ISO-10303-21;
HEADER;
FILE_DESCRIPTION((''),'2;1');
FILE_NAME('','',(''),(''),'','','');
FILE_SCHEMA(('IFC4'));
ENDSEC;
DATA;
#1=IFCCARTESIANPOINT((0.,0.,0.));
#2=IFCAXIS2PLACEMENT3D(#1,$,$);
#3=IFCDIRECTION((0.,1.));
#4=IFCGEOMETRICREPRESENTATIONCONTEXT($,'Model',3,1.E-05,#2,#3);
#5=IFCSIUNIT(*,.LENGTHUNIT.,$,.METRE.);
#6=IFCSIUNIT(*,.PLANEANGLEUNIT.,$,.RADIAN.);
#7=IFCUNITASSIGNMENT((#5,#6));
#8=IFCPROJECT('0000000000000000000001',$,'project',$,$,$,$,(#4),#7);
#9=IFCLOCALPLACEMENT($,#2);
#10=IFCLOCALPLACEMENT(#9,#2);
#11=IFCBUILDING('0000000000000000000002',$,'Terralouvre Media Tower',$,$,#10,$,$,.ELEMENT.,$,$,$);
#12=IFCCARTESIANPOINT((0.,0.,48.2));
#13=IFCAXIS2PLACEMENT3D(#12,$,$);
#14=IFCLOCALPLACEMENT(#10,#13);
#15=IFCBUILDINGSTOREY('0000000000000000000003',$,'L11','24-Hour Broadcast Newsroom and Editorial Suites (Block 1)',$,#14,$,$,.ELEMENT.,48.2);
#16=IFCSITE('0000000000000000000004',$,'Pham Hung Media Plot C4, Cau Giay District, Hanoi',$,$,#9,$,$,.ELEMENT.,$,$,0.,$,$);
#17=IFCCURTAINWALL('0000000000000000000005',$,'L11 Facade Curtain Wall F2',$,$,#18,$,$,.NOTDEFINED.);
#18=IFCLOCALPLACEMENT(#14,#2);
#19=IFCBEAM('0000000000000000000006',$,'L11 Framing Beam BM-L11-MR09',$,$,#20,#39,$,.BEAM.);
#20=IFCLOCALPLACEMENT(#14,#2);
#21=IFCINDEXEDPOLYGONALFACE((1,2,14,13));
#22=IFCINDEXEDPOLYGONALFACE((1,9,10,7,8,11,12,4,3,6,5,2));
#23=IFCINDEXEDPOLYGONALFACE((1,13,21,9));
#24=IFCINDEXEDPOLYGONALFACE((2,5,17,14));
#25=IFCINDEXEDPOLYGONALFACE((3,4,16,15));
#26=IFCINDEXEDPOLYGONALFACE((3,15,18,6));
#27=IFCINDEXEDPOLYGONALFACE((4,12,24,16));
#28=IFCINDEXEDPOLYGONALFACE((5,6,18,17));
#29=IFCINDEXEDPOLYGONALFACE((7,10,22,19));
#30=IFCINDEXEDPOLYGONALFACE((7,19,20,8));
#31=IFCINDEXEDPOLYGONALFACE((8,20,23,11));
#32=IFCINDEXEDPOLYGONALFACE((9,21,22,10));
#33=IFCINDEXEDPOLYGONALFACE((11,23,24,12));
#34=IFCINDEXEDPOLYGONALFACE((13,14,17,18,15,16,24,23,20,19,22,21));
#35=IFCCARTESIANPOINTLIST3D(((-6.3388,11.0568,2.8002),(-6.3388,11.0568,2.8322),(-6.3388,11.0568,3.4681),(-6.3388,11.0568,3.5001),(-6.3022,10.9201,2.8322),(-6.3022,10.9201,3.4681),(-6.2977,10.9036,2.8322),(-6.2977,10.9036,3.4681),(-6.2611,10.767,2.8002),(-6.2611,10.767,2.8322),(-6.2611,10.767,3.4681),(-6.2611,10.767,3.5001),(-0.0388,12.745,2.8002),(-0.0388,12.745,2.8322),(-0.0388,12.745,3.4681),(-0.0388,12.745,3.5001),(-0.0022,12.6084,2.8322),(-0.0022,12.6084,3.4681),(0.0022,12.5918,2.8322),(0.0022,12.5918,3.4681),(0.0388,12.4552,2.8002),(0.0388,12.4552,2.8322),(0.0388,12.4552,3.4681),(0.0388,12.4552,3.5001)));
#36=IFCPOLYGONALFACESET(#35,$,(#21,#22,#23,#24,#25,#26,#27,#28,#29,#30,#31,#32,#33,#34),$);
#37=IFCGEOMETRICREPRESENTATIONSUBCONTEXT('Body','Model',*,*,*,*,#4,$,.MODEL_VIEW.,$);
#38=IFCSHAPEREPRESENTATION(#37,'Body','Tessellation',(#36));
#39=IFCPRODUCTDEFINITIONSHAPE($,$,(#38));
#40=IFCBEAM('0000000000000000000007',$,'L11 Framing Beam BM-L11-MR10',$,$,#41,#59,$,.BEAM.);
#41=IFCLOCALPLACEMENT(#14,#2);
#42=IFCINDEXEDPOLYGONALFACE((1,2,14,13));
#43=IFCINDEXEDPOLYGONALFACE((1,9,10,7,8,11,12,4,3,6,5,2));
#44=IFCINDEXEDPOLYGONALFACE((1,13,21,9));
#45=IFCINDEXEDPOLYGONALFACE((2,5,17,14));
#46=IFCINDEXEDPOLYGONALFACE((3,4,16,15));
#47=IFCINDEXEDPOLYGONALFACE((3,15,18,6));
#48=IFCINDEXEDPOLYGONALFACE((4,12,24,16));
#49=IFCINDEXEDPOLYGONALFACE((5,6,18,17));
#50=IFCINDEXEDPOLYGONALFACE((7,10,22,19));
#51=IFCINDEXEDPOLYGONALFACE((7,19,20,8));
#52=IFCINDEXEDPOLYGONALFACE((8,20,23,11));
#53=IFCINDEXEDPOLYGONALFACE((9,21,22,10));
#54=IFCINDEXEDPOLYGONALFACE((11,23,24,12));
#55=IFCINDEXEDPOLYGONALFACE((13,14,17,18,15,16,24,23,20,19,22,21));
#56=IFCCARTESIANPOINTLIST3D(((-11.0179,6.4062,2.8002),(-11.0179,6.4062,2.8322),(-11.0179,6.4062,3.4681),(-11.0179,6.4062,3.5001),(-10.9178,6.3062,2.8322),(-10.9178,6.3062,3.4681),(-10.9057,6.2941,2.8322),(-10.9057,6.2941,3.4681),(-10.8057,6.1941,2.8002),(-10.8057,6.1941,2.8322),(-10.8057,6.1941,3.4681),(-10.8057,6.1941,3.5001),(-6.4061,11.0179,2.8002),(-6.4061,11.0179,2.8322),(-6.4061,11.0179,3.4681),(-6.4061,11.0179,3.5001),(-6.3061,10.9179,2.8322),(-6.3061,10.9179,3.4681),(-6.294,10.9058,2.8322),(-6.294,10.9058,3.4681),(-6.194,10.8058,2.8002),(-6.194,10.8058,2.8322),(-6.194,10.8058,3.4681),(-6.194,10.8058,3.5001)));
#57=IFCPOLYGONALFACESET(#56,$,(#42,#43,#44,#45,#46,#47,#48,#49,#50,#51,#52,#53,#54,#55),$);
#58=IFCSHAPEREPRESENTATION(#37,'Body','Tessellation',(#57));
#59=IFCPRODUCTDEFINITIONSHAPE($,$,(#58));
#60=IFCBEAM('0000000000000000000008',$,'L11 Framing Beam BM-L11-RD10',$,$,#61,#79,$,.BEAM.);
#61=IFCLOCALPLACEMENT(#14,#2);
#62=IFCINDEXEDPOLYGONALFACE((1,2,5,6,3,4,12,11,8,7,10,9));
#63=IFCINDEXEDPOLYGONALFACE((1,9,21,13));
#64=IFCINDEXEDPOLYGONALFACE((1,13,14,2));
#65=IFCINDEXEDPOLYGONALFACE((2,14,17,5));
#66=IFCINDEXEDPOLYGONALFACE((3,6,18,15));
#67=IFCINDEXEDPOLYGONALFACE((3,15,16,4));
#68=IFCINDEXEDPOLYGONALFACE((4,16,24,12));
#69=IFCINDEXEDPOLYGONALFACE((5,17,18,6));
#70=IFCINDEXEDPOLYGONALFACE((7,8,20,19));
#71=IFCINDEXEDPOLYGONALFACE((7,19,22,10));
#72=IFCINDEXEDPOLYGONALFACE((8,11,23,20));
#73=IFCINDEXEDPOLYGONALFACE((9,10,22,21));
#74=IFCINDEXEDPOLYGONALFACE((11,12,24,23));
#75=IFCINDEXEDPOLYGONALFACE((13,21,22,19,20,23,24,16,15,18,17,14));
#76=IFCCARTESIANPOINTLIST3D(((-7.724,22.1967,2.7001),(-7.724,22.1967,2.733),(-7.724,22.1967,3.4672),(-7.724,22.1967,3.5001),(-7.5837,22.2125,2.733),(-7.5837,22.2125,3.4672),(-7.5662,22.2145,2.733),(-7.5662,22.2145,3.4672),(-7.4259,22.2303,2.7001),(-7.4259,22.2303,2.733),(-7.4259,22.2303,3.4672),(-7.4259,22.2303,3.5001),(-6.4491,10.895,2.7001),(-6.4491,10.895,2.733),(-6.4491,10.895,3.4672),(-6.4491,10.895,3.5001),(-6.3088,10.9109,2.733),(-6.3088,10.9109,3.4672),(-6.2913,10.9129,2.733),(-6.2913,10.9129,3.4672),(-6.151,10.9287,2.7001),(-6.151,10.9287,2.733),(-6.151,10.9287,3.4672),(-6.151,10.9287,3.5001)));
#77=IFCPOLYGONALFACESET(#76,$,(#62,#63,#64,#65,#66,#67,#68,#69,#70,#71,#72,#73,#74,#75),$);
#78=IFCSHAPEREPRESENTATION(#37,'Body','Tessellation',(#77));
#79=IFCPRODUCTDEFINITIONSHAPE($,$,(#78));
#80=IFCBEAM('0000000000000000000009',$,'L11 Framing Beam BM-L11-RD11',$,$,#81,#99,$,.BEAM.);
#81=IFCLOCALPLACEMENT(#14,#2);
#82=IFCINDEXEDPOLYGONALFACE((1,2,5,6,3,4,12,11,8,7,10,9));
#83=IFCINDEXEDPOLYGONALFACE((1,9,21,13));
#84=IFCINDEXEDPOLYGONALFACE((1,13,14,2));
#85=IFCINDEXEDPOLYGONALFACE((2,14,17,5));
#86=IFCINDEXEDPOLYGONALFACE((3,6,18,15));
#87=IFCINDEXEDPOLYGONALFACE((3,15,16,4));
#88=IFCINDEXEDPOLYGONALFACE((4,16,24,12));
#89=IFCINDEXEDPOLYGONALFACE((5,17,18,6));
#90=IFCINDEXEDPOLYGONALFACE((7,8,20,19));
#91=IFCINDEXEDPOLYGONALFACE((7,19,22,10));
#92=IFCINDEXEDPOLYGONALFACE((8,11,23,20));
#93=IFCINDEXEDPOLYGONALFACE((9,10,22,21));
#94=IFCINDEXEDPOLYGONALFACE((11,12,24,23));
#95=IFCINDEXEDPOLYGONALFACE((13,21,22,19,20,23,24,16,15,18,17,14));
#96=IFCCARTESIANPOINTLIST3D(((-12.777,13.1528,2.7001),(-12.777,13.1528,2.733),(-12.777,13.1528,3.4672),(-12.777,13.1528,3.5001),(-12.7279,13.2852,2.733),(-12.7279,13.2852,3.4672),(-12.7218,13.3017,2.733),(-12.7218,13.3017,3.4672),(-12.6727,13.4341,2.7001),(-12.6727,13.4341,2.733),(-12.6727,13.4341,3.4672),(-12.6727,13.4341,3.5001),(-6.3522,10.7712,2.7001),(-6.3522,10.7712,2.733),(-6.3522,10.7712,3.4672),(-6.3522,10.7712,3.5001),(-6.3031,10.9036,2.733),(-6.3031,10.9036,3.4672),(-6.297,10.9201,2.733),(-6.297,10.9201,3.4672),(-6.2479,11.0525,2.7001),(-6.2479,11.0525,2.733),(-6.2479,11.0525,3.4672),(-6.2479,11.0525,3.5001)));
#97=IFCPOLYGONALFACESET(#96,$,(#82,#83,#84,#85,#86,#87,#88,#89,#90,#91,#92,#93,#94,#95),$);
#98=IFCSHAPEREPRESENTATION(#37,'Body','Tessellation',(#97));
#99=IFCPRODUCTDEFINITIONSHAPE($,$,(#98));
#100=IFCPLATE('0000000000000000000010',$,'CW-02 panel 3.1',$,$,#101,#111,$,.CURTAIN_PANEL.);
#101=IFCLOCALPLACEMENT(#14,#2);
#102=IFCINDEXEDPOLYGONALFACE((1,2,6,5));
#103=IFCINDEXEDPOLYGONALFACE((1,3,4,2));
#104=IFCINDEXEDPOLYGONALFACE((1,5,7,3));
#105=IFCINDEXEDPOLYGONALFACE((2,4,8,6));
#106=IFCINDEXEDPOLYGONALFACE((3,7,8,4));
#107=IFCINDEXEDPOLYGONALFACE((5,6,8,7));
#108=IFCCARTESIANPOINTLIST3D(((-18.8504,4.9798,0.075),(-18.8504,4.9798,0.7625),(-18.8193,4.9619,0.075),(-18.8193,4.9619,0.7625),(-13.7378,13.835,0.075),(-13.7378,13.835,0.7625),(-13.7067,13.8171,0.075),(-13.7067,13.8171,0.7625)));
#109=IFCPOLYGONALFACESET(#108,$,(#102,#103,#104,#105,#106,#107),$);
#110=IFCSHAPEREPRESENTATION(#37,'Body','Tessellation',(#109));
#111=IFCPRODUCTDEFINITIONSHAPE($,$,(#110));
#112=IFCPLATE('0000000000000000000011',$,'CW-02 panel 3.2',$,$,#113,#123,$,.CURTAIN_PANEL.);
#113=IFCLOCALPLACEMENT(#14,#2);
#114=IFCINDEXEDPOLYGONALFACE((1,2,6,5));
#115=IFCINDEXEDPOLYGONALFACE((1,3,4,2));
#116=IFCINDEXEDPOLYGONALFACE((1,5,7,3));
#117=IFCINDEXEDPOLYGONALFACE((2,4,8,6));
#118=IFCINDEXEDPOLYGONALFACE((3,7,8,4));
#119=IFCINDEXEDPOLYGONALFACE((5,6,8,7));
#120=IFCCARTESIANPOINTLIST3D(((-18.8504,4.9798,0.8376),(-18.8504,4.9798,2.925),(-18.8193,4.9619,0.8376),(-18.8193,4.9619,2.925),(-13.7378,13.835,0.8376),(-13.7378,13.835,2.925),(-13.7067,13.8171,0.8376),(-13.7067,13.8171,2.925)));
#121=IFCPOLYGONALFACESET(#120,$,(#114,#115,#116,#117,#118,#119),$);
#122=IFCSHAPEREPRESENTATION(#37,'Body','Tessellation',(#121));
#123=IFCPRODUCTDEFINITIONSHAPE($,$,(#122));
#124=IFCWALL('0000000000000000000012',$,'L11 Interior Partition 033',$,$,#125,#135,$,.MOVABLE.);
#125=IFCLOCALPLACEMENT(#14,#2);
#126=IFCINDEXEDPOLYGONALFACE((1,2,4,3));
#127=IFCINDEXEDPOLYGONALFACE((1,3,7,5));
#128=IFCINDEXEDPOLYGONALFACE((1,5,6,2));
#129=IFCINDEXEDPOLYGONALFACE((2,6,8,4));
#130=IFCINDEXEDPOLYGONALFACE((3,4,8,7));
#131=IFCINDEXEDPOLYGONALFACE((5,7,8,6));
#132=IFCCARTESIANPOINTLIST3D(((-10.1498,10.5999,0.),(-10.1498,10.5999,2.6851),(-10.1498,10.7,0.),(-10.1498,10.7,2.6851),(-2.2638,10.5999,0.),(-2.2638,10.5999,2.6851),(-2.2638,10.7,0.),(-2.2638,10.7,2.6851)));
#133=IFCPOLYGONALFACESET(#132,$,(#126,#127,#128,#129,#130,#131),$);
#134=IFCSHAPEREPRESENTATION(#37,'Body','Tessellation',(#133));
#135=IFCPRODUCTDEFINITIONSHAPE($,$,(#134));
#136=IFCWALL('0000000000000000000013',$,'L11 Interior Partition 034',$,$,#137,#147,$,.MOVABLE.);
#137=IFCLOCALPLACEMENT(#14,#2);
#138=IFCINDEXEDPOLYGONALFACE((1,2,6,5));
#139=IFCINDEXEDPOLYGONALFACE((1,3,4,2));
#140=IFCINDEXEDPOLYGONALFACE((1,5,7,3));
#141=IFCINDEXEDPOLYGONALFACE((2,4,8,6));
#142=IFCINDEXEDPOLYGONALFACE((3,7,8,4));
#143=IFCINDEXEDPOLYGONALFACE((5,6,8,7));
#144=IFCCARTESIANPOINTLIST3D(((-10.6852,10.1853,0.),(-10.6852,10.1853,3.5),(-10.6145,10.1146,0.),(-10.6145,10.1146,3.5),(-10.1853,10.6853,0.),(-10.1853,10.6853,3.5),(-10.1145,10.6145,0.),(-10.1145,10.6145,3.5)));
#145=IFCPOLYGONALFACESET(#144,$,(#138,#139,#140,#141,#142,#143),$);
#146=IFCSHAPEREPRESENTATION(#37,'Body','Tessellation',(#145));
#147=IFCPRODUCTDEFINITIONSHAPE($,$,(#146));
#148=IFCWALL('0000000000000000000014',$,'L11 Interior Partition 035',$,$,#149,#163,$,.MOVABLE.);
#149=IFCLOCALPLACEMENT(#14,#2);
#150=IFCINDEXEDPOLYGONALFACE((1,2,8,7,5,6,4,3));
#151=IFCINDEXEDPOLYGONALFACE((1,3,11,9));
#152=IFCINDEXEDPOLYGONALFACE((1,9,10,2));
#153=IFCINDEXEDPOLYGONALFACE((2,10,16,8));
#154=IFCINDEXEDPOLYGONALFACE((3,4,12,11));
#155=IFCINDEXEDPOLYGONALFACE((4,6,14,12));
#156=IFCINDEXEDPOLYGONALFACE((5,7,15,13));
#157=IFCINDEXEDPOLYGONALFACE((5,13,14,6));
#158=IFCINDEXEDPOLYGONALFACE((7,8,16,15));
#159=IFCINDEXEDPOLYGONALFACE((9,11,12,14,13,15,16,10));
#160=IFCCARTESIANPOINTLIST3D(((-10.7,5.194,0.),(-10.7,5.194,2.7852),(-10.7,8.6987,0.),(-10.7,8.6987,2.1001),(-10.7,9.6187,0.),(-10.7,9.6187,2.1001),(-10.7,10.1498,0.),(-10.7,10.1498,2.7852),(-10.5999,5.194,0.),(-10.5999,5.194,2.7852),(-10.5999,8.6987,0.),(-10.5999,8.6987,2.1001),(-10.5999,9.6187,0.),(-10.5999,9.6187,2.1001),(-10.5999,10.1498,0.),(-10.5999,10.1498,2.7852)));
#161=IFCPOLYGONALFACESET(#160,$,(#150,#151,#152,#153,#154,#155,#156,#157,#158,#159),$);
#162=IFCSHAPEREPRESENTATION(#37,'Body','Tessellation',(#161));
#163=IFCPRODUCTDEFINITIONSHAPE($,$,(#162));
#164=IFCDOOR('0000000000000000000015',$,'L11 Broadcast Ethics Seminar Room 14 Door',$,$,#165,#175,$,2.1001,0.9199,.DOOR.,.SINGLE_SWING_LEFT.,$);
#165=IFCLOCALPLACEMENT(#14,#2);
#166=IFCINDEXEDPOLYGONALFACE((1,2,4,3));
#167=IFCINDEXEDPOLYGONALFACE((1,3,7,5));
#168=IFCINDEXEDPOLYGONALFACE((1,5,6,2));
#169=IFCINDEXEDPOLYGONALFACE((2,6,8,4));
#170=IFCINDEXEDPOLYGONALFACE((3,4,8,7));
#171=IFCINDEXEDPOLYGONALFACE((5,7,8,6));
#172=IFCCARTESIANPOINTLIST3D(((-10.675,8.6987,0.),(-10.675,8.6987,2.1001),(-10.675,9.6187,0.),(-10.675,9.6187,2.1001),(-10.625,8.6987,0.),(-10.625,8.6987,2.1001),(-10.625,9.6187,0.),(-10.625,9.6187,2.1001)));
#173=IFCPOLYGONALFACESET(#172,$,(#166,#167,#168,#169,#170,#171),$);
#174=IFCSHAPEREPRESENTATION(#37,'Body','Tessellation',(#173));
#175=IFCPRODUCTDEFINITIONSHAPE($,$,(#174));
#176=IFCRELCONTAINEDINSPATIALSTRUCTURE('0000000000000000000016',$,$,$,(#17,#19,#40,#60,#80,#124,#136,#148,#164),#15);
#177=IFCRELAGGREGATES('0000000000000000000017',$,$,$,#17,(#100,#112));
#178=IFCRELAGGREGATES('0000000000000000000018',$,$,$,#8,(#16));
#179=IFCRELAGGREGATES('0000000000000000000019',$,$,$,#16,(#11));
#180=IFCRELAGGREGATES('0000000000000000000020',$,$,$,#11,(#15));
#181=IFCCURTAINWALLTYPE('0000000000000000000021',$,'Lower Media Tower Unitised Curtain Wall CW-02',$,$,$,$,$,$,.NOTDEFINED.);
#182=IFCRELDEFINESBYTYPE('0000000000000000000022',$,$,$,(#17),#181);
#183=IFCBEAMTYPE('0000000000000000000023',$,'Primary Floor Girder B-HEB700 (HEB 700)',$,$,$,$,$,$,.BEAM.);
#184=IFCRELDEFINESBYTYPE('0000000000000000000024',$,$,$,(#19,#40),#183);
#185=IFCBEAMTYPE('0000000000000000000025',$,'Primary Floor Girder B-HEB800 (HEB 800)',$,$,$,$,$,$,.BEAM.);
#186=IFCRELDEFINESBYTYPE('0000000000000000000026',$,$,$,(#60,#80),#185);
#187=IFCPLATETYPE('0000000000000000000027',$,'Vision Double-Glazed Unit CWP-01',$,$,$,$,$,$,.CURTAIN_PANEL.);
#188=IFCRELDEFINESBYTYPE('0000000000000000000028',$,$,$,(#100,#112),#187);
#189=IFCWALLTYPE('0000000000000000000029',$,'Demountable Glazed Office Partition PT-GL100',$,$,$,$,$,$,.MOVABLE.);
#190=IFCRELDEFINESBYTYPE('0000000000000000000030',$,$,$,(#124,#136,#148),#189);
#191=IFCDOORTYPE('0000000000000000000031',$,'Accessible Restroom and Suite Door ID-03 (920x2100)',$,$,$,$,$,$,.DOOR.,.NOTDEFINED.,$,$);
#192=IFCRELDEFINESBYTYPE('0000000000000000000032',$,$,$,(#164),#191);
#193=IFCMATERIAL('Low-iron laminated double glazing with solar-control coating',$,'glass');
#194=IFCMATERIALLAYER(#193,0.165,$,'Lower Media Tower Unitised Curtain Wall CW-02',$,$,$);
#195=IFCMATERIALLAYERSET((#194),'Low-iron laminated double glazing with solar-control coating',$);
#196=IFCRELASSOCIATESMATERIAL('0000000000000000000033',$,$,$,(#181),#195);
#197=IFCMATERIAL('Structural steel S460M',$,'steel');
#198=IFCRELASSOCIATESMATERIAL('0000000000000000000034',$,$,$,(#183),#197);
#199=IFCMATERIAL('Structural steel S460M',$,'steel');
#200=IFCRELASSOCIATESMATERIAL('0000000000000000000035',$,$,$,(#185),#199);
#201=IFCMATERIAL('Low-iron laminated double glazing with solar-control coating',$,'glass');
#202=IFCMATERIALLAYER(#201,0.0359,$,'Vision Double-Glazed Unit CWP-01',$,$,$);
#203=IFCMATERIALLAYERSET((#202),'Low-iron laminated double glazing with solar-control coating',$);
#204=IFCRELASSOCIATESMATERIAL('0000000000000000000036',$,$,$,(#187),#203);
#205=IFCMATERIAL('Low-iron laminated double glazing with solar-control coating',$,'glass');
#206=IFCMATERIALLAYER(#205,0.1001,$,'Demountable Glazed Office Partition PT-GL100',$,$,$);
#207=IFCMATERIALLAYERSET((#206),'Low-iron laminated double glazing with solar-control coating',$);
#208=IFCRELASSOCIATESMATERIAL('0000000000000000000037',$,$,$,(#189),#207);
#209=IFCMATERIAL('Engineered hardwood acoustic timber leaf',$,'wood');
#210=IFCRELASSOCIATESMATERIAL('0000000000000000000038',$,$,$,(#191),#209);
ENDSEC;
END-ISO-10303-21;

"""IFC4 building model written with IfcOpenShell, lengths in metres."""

from ifc_helpers import new_model, si_unit, direction, frame, frame_2d, origin, origin_2d, place, context, subcontext, project, spatial, rectangle, i_section, extrude, material, layer, layer_set, material_profile, profile_set, type_object, element, fill, aggregate, save


model = new_model("IFC4")

# Units and contexts
model_context = context("Model", 3, precision=1e-05, world=origin(), true_north=direction((0.0, 1.0)))
body_context = subcontext(model_context, "Body", "Model", "MODEL_VIEW")
ifc_project = project(units=[si_unit("LENGTHUNIT", "METRE"), si_unit("PLANEANGLEUNIT", "RADIAN")], contexts=[model_context])

# Site, building, storey
site_placement = place(None, origin())
site = spatial("IfcSite", under=ifc_project, at=site_placement, Name="Pham Hung Media Plot C4, Cau Giay District, Hanoi", CompositionType="ELEMENT", RefElevation=0.0)
building_placement = place(site_placement, origin())
building = spatial("IfcBuilding", under=site, at=building_placement, Name="Terralouvre Media Tower", CompositionType="ELEMENT")
storey_placement = place(building_placement, frame((0.0, 0.0, 48.2)))
storey = spatial("IfcBuildingStorey", under=building, at=storey_placement, Name="L11", Description="24-Hour Broadcast Newsroom and Editorial Suites (Block 1)", CompositionType="ELEMENT", Elevation=48.2)

# Curtain wall
ifc_material_1 = material(Name="Low-iron laminated double glazing with solar-control coating", Category="glass")
ifc_layer_1 = layer(ifc_material_1, 0.165, Name="Lower Media Tower Unitised Curtain Wall CW-02")
ifc_layer_set_1 = layer_set([ifc_layer_1], Name="Low-iron laminated double glazing with solar-control coating")
curtain_wall_type = type_object("IfcCurtainWallType", Name="Lower Media Tower Unitised Curtain Wall CW-02", PredefinedType="NOTDEFINED", material=ifc_layer_set_1)
curtain_wall_placement = place(storey_placement, origin())
curtain_wall = element("IfcCurtainWall", 1, at=curtain_wall_placement, inside=storey, type_object=curtain_wall_type, Name="L11 Facade Curtain Wall F2", PredefinedType="NOTDEFINED")

# Beams
ifc_material_2 = material(Name="Structural steel S460M", Category="steel")
ifc_material_profile_1 = material_profile(ifc_material_2, i_section(OverallWidth=0.3, OverallDepth=0.7, WebThickness=0.0171, FlangeThickness=0.032, at=origin_2d()), Name="HEB 700")
ifc_profile_set_1 = profile_set([ifc_material_profile_1], Name="Structural steel S460M")
beam_type_1 = type_object("IfcBeamType", Name="Primary Floor Girder B-HEB700 (HEB 700)", PredefinedType="BEAM", material=ifc_profile_set_1)
beam_1_placement = place(storey_placement, frame((0.0, 12.6001, 3.1501), z_axis=(-0.96592, -0.258839, 0.0), x_axis=(0.258839, -0.96592, 0.0)))
element("IfcBeam", 2, at=beam_1_placement, inside=storey, type_object=beam_type_1, Name="L11 Framing Beam BM-L11-MR09", PredefinedType="BEAM", context=body_context, shape_type="SweptSolid", body=[
    extrude(i_section(OverallWidth=0.3, OverallDepth=0.7, WebThickness=0.0171, FlangeThickness=0.032, at=origin_2d()), origin(), (0.0, 0.0, 1.0), 6.5222),
])
beam_2_placement = place(storey_placement, frame((-6.3, 10.9119, 3.1501), z_axis=(-0.707107, -0.707107, 0.0), x_axis=(0.707107, -0.707107, 0.0)))
element("IfcBeam", 3, at=beam_2_placement, inside=storey, type_object=beam_type_1, Name="L11 Framing Beam BM-L11-MR10", PredefinedType="BEAM", context=body_context, shape_type="SweptSolid", body=[
    extrude(i_section(OverallWidth=0.3, OverallDepth=0.7, WebThickness=0.0171, FlangeThickness=0.032, at=origin_2d()), origin(), (0.0, 0.0, 1.0), 6.522),
])
ifc_material_3 = material(Name="Structural steel S460M", Category="steel")
ifc_material_profile_2 = material_profile(ifc_material_3, i_section(OverallWidth=0.3, OverallDepth=0.8, WebThickness=0.0176, FlangeThickness=0.033, at=origin_2d()), Name="HEB 800")
ifc_profile_set_2 = profile_set([ifc_material_profile_2], Name="Structural steel S460M")
beam_type_2 = type_object("IfcBeamType", Name="Primary Floor Girder B-HEB800 (HEB 800)", PredefinedType="BEAM", material=ifc_profile_set_2)
beam_3_placement = place(storey_placement, frame((-6.3, 10.9119, 3.1001), z_axis=(-0.112097, 0.993697, 0.0), x_axis=(-0.993697, -0.112097, 0.0)))
element("IfcBeam", 4, at=beam_3_placement, inside=storey, type_object=beam_type_2, Name="L11 Framing Beam BM-L11-RD10", PredefinedType="BEAM", context=body_context, shape_type="SweptSolid", body=[
    extrude(i_section(OverallWidth=0.3, OverallDepth=0.8, WebThickness=0.0176, FlangeThickness=0.033, at=origin_2d()), origin(), (0.0, 0.0, 1.0), 11.3733),
])
beam_4_placement = place(storey_placement, frame((-6.3, 10.9119, 3.1001), z_axis=(-0.937652, 0.347575, 0.0), x_axis=(-0.347575, -0.937652, 0.0)))
element("IfcBeam", 5, at=beam_4_placement, inside=storey, type_object=beam_type_2, Name="L11 Framing Beam BM-L11-RD11", PredefinedType="BEAM", context=body_context, shape_type="SweptSolid", body=[
    extrude(i_section(OverallWidth=0.3, OverallDepth=0.8, WebThickness=0.0176, FlangeThickness=0.033, at=origin_2d()), origin(), (0.0, 0.0, 1.0), 6.8521),
])

# Plates
ifc_material_4 = material(Name="Low-iron laminated double glazing with solar-control coating", Category="glass")
ifc_layer_2 = layer(ifc_material_4, 0.0359, Name="Vision Double-Glazed Unit CWP-01")
ifc_layer_set_2 = layer_set([ifc_layer_2], Name="Low-iron laminated double glazing with solar-control coating")
plate_type = type_object("IfcPlateType", Name="Vision Double-Glazed Unit CWP-01", PredefinedType="CURTAIN_PANEL", material=ifc_layer_set_2)
plate_1_placement = place(storey_placement, frame((-16.2786, 9.3984, 0.075), z_axis=(0.0, 0.0, 1.0), x_axis=(-0.5, -0.866025, 0.0)))
plate_1 = element("IfcPlate", 6, at=plate_1_placement, type_object=plate_type, Name="CW-02 panel 3.1", PredefinedType="CURTAIN_PANEL", context=body_context, shape_type="SweptSolid", body=[
    extrude(rectangle(XDim=10.2251, YDim=0.0359, at=origin_2d()), origin(), (0.0, 0.0, 1.0), 0.6875),
])
plate_2_placement = place(storey_placement, frame((-16.2786, 9.3984, 0.8376), z_axis=(0.0, 0.0, 1.0), x_axis=(-0.5, -0.866025, 0.0)))
plate_2 = element("IfcPlate", 7, at=plate_2_placement, type_object=plate_type, Name="CW-02 panel 3.2", PredefinedType="CURTAIN_PANEL", context=body_context, shape_type="SweptSolid", body=[
    extrude(rectangle(XDim=10.2251, YDim=0.0359, at=origin_2d()), origin(), (0.0, 0.0, 1.0), 2.0874),
])
aggregate(curtain_wall, [plate_1, plate_2])

# Walls
ifc_material_5 = material(Name="Low-iron laminated double glazing with solar-control coating", Category="glass")
ifc_layer_3 = layer(ifc_material_5, 0.1001, Name="Demountable Glazed Office Partition PT-GL100")
ifc_layer_set_3 = layer_set([ifc_layer_3], Name="Low-iron laminated double glazing with solar-control coating")
wall_type_1 = type_object("IfcWallType", Name="Demountable Glazed Office Partition PT-GL100", PredefinedType="MOVABLE", material=ifc_layer_set_3)
wall_1_placement = place(storey_placement, frame((-2.2639, 10.6499, 0.0), z_axis=(0.0, 0.0, 1.0), x_axis=(-1.0, 0.0, 0.0)))
element("IfcWall", 8, at=wall_1_placement, inside=storey, type_object=wall_type_1, Name="L11 Interior Partition 033", PredefinedType="MOVABLE", context=body_context, shape_type="SweptSolid", body=[
    extrude(rectangle(XDim=7.886, YDim=0.1001, at=frame_2d((3.9429, 0.0))), origin(), (0.0, 0.0, 1.0), 2.6851),
])
wall_2_placement = place(storey_placement, frame((-10.1499, 10.6499, 0.0), z_axis=(0.0, 0.0, 1.0), x_axis=(-0.707107, -0.707107, 0.0)))
element("IfcWall", 9, at=wall_2_placement, inside=storey, type_object=wall_type_1, Name="L11 Interior Partition 034", PredefinedType="MOVABLE", context=body_context, shape_type="SweptSolid", body=[
    extrude(rectangle(XDim=0.707, YDim=0.1001, at=frame_2d((0.3535, 0.0))), origin(), (0.0, 0.0, 1.0), 3.5),
])

# Wall, opening, door
wall_3_placement = place(storey_placement, frame((-10.6499, 10.1499, 0.0), z_axis=(0.0, 0.0, 1.0), x_axis=(0.0, -1.0, 0.0)))
wall_3 = element("IfcWall", 10, at=wall_3_placement, inside=storey, type_object=wall_type_1, Name="L11 Interior Partition 035", PredefinedType="MOVABLE", context=body_context, shape_type="SweptSolid", body=[
    extrude(rectangle(XDim=4.9558, YDim=0.1001, at=frame_2d((2.478, 0.0))), origin(), (0.0, 0.0, 1.0), 2.7852),
])
opening_1_placement = place(wall_3_placement, frame((0.5312, 0.0, 0.0)))
opening_1 = element("IfcOpeningElement", 11, at=opening_1_placement, cuts=wall_3, PredefinedType="OPENING", context=body_context, shape_type="SweptSolid", body=[
    extrude(rectangle(XDim=0.9199, YDim=2.1001, at=frame_2d((0.46, 1.05))), frame((0.0, 0.0601, 0.0), z_axis=(0.0, -1.0, 0.0), x_axis=(1.0, 0.0, 0.0)), (0.0, 0.0, 1.0), 0.1201),
])
ifc_material_6 = material(Name="Engineered hardwood acoustic timber leaf", Category="wood")
door_type_1 = type_object("IfcDoorType", Name="Accessible Restroom and Suite Door ID-03 (920x2100)", OperationType="NOTDEFINED", PredefinedType="DOOR", material=ifc_material_6)
door_1_placement = place(opening_1_placement, origin())
door_1 = element("IfcDoor", 12, at=door_1_placement, inside=storey, type_object=door_type_1, Name="L11 Broadcast Ethics Seminar Room 14 Door", OperationType="SINGLE_SWING_LEFT", OverallHeight=2.1001, OverallWidth=0.9199, PredefinedType="DOOR", context=body_context, shape_type="SweptSolid", body=[
    extrude(rectangle(XDim=0.9199, YDim=2.1001, at=frame_2d((0.46, 1.05))), frame((0.0, 0.0249, 0.0), z_axis=(0.0, -1.0, 0.0), x_axis=(1.0, 0.0, 0.0)), (0.0, 0.0, 1.0), 0.05),
])
fill(opening_1, door_1)

save(model, "model.ifc")
